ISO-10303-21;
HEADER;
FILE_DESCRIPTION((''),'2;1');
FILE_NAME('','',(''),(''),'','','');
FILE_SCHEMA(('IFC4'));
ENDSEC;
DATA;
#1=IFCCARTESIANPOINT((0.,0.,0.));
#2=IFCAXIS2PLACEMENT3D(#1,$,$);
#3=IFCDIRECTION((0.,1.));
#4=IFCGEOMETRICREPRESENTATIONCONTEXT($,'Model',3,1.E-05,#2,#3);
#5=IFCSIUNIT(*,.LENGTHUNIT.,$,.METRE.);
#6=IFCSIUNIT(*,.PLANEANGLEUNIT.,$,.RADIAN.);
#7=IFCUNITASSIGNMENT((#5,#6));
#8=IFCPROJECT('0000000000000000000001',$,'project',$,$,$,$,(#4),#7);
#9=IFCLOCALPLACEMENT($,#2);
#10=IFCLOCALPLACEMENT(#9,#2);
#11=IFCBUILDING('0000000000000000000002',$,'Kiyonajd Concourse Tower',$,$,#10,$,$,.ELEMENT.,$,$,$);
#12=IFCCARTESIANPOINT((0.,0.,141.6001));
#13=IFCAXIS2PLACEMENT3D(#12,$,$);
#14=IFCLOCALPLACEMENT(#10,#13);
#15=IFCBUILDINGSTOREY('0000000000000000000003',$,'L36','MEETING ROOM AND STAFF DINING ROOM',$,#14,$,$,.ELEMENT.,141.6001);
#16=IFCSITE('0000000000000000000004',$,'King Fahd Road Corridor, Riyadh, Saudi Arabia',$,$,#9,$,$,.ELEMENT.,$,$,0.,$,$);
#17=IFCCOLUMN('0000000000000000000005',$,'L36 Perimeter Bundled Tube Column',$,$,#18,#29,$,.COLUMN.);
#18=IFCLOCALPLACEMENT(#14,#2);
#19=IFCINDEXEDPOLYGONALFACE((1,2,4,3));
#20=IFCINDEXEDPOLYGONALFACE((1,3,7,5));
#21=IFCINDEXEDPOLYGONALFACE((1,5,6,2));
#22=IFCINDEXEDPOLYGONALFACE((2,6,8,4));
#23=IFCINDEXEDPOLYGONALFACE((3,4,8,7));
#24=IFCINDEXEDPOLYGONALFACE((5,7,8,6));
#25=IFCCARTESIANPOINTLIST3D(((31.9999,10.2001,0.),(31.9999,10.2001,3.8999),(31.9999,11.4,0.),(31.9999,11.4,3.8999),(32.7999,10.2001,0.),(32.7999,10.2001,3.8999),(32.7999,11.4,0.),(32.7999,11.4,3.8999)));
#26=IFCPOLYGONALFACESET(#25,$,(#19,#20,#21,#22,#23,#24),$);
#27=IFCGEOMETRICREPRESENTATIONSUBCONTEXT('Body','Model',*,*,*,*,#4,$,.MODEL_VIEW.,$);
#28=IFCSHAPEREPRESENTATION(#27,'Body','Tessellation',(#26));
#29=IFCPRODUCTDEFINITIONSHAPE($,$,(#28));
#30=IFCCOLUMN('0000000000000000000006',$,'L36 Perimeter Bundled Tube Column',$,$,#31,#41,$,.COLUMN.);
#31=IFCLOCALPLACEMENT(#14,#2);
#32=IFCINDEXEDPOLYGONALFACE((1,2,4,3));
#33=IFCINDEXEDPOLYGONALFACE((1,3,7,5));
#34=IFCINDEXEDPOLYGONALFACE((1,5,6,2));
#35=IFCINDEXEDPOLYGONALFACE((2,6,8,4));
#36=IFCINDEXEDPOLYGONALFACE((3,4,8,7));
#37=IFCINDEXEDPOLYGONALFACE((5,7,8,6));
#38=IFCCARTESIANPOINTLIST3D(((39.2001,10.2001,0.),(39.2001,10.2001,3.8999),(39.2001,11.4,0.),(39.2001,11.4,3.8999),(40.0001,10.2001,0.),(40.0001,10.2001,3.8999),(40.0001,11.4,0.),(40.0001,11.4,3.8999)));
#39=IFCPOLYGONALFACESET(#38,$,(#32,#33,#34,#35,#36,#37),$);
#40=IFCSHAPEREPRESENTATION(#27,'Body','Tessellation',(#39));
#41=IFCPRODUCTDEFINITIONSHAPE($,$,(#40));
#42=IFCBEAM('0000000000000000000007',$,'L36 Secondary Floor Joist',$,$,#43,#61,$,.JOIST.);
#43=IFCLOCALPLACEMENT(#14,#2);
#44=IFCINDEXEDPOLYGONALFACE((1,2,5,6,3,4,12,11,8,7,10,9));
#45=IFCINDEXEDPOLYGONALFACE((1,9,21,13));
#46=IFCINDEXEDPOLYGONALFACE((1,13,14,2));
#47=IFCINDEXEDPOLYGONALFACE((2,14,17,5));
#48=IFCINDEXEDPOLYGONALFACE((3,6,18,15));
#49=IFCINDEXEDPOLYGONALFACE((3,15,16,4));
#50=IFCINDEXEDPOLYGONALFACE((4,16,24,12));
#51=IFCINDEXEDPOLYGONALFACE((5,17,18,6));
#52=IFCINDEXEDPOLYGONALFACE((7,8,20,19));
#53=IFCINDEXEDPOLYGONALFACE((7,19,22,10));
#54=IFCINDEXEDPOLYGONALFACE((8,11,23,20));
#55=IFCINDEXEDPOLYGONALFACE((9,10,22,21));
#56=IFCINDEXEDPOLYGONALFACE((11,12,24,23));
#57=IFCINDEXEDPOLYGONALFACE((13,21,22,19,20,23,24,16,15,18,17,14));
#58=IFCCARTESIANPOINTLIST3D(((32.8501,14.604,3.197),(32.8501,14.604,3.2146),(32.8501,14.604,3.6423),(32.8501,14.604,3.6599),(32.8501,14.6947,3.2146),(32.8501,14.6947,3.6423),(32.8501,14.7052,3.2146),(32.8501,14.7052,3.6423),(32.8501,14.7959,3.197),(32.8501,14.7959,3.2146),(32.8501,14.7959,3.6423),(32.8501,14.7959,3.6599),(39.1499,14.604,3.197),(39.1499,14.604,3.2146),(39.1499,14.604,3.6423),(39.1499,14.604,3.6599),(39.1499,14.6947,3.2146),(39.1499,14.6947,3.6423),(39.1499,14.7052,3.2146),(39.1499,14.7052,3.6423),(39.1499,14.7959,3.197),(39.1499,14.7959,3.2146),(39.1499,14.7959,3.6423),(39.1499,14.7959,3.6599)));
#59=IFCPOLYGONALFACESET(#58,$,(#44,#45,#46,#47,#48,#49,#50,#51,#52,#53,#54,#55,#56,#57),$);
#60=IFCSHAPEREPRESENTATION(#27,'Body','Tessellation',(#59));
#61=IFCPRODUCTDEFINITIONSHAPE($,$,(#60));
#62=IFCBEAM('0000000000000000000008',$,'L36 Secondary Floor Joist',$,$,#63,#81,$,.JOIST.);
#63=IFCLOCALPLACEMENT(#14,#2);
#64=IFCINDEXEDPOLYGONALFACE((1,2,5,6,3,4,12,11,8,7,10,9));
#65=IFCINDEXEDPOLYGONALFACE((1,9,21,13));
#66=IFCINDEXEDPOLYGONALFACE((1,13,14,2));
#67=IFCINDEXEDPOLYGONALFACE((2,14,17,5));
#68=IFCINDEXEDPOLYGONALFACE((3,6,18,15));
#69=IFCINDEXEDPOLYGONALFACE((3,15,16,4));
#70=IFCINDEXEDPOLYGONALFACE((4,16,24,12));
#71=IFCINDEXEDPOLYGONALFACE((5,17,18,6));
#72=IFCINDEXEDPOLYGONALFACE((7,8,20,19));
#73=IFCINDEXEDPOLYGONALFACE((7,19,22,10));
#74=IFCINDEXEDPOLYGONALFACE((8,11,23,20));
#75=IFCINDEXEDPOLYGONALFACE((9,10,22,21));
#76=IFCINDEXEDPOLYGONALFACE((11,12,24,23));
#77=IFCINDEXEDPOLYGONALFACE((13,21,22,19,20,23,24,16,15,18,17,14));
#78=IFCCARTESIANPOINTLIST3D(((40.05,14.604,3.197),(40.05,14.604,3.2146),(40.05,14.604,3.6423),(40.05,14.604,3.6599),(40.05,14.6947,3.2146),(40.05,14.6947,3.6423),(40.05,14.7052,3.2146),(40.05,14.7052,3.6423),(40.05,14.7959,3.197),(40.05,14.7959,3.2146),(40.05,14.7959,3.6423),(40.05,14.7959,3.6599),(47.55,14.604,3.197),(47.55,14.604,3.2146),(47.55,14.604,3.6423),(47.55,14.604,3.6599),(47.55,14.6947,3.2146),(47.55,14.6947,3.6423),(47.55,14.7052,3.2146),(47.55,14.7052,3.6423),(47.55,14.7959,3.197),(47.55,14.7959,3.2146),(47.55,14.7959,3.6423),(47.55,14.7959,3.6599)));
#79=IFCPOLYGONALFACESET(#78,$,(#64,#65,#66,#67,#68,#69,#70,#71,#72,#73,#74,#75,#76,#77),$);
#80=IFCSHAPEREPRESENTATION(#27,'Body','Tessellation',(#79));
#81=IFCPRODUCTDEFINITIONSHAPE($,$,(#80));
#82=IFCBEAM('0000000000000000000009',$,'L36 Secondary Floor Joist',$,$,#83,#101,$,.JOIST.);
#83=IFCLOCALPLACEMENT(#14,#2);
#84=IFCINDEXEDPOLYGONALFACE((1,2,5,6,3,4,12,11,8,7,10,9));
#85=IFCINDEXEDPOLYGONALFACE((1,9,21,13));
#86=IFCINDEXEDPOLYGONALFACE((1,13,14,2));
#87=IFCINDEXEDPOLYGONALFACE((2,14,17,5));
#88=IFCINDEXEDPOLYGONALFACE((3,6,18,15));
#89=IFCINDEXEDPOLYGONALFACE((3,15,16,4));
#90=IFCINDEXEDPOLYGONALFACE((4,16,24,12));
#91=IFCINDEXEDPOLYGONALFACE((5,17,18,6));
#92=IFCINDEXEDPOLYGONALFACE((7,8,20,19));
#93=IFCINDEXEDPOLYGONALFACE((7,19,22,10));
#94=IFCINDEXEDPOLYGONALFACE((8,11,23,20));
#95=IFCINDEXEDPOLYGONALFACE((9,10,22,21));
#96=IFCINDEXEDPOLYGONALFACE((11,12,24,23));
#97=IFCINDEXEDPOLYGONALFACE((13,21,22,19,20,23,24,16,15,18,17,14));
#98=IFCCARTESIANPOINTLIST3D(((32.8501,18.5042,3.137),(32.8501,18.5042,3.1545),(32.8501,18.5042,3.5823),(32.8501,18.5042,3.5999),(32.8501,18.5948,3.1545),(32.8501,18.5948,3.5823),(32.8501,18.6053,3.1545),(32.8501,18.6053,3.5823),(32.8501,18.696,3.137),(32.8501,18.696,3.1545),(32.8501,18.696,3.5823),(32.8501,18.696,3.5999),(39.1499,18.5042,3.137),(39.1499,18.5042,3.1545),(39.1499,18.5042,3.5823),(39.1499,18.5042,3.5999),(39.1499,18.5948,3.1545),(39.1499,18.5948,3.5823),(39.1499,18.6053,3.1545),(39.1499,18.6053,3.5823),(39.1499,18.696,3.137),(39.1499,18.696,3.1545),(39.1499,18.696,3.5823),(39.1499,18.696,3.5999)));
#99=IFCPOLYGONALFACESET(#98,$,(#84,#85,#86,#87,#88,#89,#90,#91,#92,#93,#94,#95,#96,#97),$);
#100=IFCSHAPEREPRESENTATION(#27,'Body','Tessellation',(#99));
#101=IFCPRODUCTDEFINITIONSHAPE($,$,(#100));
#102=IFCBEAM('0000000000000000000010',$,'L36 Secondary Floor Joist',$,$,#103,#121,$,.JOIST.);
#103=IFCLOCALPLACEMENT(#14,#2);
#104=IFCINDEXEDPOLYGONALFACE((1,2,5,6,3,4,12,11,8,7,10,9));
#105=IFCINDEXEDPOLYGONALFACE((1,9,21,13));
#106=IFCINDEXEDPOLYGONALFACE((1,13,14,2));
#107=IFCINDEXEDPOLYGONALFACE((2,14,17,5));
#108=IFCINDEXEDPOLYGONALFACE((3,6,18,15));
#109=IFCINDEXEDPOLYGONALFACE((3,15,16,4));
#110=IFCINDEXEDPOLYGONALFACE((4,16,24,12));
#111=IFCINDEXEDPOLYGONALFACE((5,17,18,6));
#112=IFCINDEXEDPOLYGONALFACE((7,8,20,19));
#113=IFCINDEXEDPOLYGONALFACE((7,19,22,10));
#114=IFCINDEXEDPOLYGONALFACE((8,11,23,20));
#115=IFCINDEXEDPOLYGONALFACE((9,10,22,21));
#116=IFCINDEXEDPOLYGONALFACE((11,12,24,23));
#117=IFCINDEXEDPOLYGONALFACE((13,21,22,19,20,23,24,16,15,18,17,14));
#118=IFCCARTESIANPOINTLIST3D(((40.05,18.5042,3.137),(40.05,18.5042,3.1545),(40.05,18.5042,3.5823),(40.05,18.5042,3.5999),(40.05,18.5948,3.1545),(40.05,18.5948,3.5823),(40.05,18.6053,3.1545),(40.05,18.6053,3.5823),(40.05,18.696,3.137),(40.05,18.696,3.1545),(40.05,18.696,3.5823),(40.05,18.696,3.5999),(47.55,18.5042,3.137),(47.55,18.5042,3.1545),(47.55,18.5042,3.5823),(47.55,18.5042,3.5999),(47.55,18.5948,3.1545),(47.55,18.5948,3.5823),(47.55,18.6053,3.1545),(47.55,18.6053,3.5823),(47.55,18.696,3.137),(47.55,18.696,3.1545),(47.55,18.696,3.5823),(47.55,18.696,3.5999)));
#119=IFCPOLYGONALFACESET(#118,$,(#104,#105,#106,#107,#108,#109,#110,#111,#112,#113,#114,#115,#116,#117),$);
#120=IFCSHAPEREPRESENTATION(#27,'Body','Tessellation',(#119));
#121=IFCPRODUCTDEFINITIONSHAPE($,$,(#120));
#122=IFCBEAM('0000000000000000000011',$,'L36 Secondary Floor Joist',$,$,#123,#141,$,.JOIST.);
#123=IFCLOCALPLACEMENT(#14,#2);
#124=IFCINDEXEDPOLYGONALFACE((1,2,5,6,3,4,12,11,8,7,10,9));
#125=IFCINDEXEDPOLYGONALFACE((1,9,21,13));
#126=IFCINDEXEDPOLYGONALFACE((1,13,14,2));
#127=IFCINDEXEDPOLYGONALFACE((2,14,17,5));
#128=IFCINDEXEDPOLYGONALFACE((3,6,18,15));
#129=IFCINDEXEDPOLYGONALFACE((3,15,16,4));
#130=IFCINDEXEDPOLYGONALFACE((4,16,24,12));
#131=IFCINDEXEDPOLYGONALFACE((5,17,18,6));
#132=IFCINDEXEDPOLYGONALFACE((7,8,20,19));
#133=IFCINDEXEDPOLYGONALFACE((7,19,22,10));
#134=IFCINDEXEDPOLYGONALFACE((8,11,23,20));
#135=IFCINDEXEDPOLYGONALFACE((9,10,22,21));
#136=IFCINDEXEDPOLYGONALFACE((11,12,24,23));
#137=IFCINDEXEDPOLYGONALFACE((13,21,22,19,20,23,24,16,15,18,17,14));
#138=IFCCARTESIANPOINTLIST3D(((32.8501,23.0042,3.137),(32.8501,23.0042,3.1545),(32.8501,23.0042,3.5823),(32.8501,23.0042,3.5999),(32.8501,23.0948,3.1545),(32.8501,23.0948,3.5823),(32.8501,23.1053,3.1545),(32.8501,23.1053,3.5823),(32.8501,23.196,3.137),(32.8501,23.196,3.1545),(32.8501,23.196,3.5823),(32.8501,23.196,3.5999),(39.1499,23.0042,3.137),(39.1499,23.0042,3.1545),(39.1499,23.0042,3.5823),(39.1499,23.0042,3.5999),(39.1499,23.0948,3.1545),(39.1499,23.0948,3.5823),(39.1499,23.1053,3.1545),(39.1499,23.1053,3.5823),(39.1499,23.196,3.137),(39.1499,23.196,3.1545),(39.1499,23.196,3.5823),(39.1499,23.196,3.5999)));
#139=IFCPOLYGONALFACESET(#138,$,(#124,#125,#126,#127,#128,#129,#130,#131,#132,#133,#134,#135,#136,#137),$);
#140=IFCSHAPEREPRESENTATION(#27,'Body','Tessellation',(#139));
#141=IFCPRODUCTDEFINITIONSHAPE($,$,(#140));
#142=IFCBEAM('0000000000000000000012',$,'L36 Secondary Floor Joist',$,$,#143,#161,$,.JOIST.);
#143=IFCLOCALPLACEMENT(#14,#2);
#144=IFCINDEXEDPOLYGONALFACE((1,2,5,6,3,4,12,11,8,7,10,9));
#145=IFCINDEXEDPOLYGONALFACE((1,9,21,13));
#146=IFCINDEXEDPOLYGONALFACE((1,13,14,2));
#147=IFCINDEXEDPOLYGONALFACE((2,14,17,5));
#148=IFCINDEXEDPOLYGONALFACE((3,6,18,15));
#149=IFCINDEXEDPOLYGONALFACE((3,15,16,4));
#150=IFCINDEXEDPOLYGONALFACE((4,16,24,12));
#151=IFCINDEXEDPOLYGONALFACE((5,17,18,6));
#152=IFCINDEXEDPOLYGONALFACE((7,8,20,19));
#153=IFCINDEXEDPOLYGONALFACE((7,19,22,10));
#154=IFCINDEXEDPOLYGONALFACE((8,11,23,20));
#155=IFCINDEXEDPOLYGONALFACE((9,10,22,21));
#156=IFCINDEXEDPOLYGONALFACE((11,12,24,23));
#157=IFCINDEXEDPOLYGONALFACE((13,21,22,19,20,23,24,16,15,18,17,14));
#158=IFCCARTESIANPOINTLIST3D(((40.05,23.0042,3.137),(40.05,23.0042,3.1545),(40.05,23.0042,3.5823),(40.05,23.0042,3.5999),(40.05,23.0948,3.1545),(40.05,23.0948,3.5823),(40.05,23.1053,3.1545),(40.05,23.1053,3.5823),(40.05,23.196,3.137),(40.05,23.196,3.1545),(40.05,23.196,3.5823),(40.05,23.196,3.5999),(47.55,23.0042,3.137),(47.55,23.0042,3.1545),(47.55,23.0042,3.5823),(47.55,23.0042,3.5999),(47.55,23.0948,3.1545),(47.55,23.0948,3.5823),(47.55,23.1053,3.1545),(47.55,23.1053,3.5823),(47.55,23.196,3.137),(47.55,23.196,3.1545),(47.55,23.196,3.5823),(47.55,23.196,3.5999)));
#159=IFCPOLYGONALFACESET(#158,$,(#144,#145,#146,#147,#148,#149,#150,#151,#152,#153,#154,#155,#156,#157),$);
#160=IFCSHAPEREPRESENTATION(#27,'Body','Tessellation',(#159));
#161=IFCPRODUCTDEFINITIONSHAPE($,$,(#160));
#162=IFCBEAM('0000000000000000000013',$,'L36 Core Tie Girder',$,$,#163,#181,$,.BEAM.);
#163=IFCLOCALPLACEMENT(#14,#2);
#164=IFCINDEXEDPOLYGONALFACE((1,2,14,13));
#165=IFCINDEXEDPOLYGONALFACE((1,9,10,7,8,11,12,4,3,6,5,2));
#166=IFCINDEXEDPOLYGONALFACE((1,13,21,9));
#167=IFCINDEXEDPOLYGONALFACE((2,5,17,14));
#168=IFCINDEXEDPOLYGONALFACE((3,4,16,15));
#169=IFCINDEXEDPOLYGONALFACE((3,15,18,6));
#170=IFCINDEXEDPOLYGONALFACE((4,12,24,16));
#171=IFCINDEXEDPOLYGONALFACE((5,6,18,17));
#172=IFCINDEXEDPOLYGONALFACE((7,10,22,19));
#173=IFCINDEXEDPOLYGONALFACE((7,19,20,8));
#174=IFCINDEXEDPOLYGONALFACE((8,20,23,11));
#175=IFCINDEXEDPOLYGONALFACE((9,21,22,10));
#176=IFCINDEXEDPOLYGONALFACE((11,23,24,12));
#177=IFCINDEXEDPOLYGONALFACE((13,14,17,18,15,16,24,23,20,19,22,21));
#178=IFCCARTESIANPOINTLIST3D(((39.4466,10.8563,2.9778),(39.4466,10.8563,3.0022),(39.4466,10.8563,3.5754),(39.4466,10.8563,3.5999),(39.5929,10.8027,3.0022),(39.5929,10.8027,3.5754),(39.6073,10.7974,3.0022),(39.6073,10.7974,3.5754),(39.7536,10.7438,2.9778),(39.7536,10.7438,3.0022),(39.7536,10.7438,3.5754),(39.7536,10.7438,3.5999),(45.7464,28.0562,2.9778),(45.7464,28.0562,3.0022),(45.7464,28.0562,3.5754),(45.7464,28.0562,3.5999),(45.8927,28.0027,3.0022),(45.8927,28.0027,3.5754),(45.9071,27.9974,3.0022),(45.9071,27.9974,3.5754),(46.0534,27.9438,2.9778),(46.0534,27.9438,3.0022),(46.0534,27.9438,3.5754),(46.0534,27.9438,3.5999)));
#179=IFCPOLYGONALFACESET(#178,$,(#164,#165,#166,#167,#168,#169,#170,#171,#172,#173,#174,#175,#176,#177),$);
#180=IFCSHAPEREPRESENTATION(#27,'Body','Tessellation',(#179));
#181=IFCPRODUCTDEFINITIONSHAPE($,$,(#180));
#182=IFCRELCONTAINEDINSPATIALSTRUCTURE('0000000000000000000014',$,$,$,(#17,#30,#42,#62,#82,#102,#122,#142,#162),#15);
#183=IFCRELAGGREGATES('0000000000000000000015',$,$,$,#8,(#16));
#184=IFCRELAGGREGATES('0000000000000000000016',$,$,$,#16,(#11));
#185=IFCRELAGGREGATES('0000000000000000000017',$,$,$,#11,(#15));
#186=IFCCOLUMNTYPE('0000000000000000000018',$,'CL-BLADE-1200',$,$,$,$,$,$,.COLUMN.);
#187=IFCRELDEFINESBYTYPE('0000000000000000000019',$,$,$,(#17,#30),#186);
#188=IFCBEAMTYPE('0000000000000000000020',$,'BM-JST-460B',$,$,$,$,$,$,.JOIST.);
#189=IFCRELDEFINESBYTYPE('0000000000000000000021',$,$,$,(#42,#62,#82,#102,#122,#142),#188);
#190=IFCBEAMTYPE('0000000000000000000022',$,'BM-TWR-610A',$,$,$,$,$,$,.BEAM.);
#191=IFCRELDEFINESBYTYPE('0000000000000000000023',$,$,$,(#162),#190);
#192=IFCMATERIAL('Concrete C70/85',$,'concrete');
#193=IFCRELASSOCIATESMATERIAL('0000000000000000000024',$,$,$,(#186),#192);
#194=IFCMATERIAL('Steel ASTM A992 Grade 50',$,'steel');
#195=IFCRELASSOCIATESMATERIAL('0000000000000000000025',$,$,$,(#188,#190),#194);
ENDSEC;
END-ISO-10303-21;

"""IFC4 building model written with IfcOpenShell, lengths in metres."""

from ifc_helpers import new_model, si_unit, direction, frame, origin, origin_2d, place, context, subcontext, project, spatial, rectangle, i_section, extrude, material, material_profile, profile_set, type_object, element, save


model = new_model("IFC4")

# Units and contexts
model_context = context("Model", 3, precision=1e-05, world=origin(), true_north=direction((0.0, 1.0)))
body_context = subcontext(model_context, "Body", "Model", "MODEL_VIEW")
ifc_project = project(units=[si_unit("LENGTHUNIT", "METRE"), si_unit("PLANEANGLEUNIT", "RADIAN")], contexts=[model_context])

# Site, building, storey
site_placement = place(None, origin())
site = spatial("IfcSite", under=ifc_project, at=site_placement, Name="King Fahd Road Corridor, Riyadh, Saudi Arabia", CompositionType="ELEMENT", RefElevation=0.0)
building_placement = place(site_placement, origin())
building = spatial("IfcBuilding", under=site, at=building_placement, Name="Kiyonajd Concourse Tower", CompositionType="ELEMENT")
storey_placement = place(building_placement, frame((0.0, 0.0, 141.6001)))
storey = spatial("IfcBuildingStorey", under=building, at=storey_placement, Name="L36", Description="MEETING ROOM AND STAFF DINING ROOM", CompositionType="ELEMENT", Elevation=141.6001)

# Columns
ifc_material_1 = material(Name="Concrete C70/85", Category="concrete")
ifc_material_profile_1 = material_profile(ifc_material_1, rectangle(XDim=0.8, YDim=1.2, at=origin_2d()), Name="RC-1200x800")
ifc_profile_set_1 = profile_set([ifc_material_profile_1], Name="Concrete C70/85")
column_type = type_object("IfcColumnType", Name="CL-BLADE-1200", PredefinedType="COLUMN", material=ifc_profile_set_1)
for number, where, z_axis, x_axis, name in (
    (1, (32.3999, 10.8, 0.0), (0.0, 0.0, 1.0), (1.0, 0.0, 0.0), "L36 Perimeter Bundled Tube Column"),
    (2, (39.6001, 10.8, 0.0), (0.0, 0.0, 1.0), (1.0, 0.0, 0.0), "L36 Perimeter Bundled Tube Column"),
):
    element("IfcColumn", number, at=place(storey_placement, frame(where, z_axis=z_axis, x_axis=x_axis)), inside=storey, type_object=column_type, Name=name, PredefinedType="COLUMN", context=body_context, shape_type="SweptSolid", body=[
        extrude(rectangle(XDim=0.8, YDim=1.2, at=origin_2d()), origin(), (0.0, 0.0, 1.0), 3.8999),
    ])

# Beams
ifc_material_2 = material(Name="Steel ASTM A992 Grade 50", Category="steel")
ifc_material_profile_2 = material_profile(ifc_material_2, i_section(OverallWidth=0.1919, OverallDepth=0.4629, WebThickness=0.0105, FlangeThickness=0.0176, at=origin_2d()), Name="W460X89")
ifc_profile_set_2 = profile_set([ifc_material_profile_2], Name="Steel ASTM A992 Grade 50")
beam_type_1 = type_object("IfcBeamType", Name="BM-JST-460B", PredefinedType="JOIST", material=ifc_profile_set_2)
beam_1_placement = place(storey_placement, frame((32.8501, 14.7, 3.4285), z_axis=(1.0, 0.0, 0.0), x_axis=(0.0, 1.0, 0.0)))
element("IfcBeam", 3, at=beam_1_placement, inside=storey, type_object=beam_type_1, Name="L36 Secondary Floor Joist", PredefinedType="JOIST", context=body_context, shape_type="SweptSolid", body=[
    extrude(i_section(OverallWidth=0.1919, OverallDepth=0.4629, WebThickness=0.0105, FlangeThickness=0.0176, at=origin_2d()), origin(), (0.0, 0.0, 1.0), 6.2998),
])
beam_2_placement = place(storey_placement, frame((40.05, 14.7, 3.4285), z_axis=(1.0, 0.0, 0.0), x_axis=(0.0, 1.0, 0.0)))
element("IfcBeam", 4, at=beam_2_placement, inside=storey, type_object=beam_type_1, Name="L36 Secondary Floor Joist", PredefinedType="JOIST", context=body_context, shape_type="SweptSolid", body=[
    extrude(i_section(OverallWidth=0.1919, OverallDepth=0.4629, WebThickness=0.0105, FlangeThickness=0.0176, at=origin_2d()), origin(), (0.0, 0.0, 1.0), 7.5),
])
beam_3_placement = place(storey_placement, frame((32.8501, 18.6001, 3.3684), z_axis=(1.0, 0.0, 0.0), x_axis=(0.0, 1.0, 0.0)))
element("IfcBeam", 5, at=beam_3_placement, inside=storey, type_object=beam_type_1, Name="L36 Secondary Floor Joist", PredefinedType="JOIST", context=body_context, shape_type="SweptSolid", body=[
    extrude(i_section(OverallWidth=0.1919, OverallDepth=0.4629, WebThickness=0.0105, FlangeThickness=0.0176, at=origin_2d()), origin(), (0.0, 0.0, 1.0), 6.2998),
])
beam_4_placement = place(storey_placement, frame((40.05, 18.6001, 3.3684), z_axis=(1.0, 0.0, 0.0), x_axis=(0.0, 1.0, 0.0)))
element("IfcBeam", 6, at=beam_4_placement, inside=storey, type_object=beam_type_1, Name="L36 Secondary Floor Joist", PredefinedType="JOIST", context=body_context, shape_type="SweptSolid", body=[
    extrude(i_section(OverallWidth=0.1919, OverallDepth=0.4629, WebThickness=0.0105, FlangeThickness=0.0176, at=origin_2d()), origin(), (0.0, 0.0, 1.0), 7.5),
])
beam_5_placement = place(storey_placement, frame((32.8501, 23.1001, 3.3684), z_axis=(1.0, 0.0, 0.0), x_axis=(0.0, 1.0, 0.0)))
element("IfcBeam", 7, at=beam_5_placement, inside=storey, type_object=beam_type_1, Name="L36 Secondary Floor Joist", PredefinedType="JOIST", context=body_context, shape_type="SweptSolid", body=[
    extrude(i_section(OverallWidth=0.1919, OverallDepth=0.4629, WebThickness=0.0105, FlangeThickness=0.0176, at=origin_2d()), origin(), (0.0, 0.0, 1.0), 6.2998),
])
beam_6_placement = place(storey_placement, frame((40.05, 23.1001, 3.3684), z_axis=(1.0, 0.0, 0.0), x_axis=(0.0, 1.0, 0.0)))
element("IfcBeam", 8, at=beam_6_placement, inside=storey, type_object=beam_type_1, Name="L36 Secondary Floor Joist", PredefinedType="JOIST", context=body_context, shape_type="SweptSolid", body=[
    extrude(i_section(OverallWidth=0.1919, OverallDepth=0.4629, WebThickness=0.0105, FlangeThickness=0.0176, at=origin_2d()), origin(), (0.0, 0.0, 1.0), 7.5),
])
ifc_material_profile_3 = material_profile(ifc_material_2, i_section(OverallWidth=0.3269, OverallDepth=0.6221, WebThickness=0.0154, FlangeThickness=0.0244, at=origin_2d()), Name="W610X195")
ifc_profile_set_3 = profile_set([ifc_material_profile_3], Name="Steel ASTM A992 Grade 50")
beam_type_2 = type_object("IfcBeamType", Name="BM-TWR-610A", PredefinedType="BEAM", material=ifc_profile_set_3)
beam_7_placement = place(storey_placement, frame((39.6001, 10.8, 3.2888), z_axis=(0.343925, 0.938997, 0.0), x_axis=(-0.938997, 0.343925, 0.0)))
element("IfcBeam", 9, at=beam_7_placement, inside=storey, type_object=beam_type_2, Name="L36 Core Tie Girder", PredefinedType="BEAM", context=body_context, shape_type="SweptSolid", body=[
    extrude(i_section(OverallWidth=0.3269, OverallDepth=0.6221, WebThickness=0.0154, FlangeThickness=0.0244, at=origin_2d()), origin(), (0.0, 0.0, 1.0), 18.3174),
])

save(model, "model.ifc")
